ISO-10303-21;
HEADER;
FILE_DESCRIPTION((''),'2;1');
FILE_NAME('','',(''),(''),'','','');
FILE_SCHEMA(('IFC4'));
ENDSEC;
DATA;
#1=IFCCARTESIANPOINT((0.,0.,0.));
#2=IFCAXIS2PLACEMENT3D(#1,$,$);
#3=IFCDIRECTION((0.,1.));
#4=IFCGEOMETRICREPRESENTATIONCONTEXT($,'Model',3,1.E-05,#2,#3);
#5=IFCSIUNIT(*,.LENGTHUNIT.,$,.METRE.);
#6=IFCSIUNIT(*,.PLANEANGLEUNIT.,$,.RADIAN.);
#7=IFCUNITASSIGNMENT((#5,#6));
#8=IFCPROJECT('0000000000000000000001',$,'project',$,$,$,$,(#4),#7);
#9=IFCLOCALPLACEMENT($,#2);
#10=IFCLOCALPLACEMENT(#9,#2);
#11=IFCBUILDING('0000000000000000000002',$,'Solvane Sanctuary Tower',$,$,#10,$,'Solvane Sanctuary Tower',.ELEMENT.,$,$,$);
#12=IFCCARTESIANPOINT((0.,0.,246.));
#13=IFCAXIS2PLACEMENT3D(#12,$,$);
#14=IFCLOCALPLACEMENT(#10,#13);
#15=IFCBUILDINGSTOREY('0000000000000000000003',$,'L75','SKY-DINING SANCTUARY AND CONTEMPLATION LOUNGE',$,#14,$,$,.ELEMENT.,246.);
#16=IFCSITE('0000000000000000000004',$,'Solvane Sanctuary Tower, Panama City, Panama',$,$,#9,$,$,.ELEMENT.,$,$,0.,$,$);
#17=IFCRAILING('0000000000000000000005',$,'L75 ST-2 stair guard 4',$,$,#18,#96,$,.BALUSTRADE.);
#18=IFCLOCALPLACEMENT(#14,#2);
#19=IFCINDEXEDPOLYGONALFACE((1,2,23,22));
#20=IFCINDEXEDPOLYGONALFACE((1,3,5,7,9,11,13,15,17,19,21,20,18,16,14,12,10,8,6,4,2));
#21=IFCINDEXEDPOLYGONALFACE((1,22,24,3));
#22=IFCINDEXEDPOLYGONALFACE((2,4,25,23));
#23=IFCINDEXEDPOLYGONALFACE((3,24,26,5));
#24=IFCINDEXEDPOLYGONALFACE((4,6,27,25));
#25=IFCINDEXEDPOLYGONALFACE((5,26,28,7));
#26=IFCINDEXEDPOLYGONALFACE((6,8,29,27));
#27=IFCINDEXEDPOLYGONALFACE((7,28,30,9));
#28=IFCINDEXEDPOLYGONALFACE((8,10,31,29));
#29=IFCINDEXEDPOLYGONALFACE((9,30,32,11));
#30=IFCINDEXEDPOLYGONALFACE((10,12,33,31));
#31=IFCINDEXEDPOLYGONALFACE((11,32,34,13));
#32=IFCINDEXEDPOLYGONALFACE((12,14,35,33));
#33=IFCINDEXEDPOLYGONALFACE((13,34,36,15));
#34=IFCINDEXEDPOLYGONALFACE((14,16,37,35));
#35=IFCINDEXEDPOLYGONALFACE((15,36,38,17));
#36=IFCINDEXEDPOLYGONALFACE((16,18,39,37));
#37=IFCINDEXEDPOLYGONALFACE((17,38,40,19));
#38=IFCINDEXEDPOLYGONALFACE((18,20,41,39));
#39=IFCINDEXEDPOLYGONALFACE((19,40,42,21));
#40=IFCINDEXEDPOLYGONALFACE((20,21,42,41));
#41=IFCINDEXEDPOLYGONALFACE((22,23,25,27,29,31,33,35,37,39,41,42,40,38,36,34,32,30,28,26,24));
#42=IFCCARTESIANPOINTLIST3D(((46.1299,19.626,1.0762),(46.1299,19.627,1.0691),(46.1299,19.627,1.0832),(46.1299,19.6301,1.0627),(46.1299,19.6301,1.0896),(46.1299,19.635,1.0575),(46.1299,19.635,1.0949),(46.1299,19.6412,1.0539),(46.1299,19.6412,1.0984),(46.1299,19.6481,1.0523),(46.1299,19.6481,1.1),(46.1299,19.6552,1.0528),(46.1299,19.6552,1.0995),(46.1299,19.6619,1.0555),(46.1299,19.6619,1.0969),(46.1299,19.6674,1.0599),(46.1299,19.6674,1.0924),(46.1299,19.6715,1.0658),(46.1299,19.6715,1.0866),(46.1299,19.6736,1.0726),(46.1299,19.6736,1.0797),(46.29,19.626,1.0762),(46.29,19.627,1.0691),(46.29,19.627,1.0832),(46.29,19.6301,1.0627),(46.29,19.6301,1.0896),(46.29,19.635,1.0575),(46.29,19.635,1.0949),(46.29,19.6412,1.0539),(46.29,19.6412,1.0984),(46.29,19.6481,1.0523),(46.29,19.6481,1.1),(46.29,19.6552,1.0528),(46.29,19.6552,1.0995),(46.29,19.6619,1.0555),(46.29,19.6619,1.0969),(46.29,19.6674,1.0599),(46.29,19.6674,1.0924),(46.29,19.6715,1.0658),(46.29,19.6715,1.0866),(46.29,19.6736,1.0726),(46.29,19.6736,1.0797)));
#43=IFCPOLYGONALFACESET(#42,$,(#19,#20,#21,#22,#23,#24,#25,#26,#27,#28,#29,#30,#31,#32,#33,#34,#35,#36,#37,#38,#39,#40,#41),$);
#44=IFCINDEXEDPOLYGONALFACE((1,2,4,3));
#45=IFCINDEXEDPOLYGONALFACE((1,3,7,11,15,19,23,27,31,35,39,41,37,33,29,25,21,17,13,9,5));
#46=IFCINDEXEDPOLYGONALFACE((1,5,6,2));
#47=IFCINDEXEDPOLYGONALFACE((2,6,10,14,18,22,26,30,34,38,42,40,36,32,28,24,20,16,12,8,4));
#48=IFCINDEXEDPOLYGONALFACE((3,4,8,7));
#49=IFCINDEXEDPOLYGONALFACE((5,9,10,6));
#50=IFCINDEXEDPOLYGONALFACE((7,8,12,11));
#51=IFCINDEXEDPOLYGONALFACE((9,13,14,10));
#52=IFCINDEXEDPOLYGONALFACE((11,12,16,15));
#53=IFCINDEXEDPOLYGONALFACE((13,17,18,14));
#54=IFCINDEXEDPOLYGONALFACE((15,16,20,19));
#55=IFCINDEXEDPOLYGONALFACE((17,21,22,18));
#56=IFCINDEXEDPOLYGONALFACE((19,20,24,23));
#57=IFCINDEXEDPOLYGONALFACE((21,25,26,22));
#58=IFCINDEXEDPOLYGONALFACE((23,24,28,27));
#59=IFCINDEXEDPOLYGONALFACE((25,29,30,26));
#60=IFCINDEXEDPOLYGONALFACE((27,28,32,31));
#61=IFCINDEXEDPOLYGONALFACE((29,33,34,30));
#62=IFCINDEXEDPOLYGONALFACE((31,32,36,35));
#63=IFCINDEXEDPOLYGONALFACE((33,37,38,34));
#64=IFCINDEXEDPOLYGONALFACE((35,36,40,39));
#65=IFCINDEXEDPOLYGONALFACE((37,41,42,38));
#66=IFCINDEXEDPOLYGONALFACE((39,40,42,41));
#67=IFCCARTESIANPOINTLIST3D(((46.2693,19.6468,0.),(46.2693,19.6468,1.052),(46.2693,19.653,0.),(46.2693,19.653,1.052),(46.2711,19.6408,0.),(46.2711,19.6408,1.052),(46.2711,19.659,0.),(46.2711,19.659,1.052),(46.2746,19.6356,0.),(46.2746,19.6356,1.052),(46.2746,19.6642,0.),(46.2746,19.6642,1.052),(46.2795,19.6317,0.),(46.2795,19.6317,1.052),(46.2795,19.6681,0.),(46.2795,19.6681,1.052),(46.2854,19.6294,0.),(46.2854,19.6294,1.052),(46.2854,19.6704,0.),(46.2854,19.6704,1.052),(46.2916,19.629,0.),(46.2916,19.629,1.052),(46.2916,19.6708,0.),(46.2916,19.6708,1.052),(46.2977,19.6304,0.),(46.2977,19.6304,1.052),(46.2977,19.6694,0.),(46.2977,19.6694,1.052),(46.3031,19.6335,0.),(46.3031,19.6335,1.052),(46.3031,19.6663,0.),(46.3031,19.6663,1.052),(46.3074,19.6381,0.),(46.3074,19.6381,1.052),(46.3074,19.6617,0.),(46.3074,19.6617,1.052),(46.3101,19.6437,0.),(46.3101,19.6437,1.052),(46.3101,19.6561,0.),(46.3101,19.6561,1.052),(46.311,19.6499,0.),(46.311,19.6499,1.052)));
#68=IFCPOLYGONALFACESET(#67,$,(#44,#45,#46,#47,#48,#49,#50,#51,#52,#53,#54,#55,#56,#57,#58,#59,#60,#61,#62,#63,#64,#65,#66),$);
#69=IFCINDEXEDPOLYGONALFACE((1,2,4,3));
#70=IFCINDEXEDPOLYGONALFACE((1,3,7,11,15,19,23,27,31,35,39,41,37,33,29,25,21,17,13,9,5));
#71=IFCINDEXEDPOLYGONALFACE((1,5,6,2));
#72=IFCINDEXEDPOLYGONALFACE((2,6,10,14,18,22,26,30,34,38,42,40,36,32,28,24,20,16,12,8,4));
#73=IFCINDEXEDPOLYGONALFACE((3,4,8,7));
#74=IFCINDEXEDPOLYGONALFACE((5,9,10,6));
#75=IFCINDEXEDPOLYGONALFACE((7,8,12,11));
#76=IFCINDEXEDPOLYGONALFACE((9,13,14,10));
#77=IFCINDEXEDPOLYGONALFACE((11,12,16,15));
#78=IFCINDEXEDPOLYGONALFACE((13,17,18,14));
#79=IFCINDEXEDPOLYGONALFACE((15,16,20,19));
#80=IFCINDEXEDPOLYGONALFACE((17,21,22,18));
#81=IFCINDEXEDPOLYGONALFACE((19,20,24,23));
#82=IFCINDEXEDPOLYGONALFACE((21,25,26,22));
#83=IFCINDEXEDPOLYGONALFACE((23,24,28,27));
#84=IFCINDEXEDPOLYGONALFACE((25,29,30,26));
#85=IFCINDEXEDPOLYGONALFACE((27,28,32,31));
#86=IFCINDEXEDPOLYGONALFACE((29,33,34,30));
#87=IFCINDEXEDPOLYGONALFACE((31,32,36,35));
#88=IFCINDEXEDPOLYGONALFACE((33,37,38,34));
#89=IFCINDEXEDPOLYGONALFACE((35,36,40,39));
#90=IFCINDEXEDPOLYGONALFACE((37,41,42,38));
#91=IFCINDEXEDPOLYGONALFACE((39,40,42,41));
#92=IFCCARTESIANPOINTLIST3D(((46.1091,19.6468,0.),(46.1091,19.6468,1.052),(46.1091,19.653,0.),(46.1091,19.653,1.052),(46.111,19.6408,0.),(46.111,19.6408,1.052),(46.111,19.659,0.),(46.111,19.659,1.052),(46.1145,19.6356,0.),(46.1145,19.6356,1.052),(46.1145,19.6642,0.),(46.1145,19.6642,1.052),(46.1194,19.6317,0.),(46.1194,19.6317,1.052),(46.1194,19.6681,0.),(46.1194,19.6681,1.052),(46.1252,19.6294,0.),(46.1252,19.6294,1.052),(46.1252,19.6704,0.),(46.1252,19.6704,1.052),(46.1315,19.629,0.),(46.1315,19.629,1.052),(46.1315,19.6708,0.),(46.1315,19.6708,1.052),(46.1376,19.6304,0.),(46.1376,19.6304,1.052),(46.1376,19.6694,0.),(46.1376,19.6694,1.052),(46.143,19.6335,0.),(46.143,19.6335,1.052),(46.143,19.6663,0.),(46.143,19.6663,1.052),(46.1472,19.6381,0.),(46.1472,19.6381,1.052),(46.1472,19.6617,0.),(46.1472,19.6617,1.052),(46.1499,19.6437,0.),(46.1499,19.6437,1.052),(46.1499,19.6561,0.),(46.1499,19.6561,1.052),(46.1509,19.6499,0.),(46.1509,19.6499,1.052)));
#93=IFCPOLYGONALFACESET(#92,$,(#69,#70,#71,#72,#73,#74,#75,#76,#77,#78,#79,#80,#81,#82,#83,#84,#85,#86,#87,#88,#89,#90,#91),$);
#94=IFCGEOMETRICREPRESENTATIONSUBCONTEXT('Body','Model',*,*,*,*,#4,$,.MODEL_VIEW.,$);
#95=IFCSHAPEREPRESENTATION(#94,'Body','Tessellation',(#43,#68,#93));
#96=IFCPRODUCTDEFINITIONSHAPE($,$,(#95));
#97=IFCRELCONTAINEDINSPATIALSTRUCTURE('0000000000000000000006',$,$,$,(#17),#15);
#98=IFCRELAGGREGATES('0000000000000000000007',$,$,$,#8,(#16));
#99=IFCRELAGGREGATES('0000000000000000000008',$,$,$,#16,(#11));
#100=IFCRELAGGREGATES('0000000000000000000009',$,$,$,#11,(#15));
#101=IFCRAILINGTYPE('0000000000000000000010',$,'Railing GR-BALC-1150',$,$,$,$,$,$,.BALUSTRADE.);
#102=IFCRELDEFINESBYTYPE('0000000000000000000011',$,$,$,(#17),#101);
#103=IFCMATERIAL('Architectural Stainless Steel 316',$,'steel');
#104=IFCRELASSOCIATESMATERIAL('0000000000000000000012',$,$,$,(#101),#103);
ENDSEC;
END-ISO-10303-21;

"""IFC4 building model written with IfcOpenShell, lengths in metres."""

from ifc_helpers import new_model, si_unit, direction, frame, origin, origin_2d, place, context, subcontext, project, spatial, circle, extrude, material, type_object, element, save


model = new_model("IFC4")

# Units and contexts
model_context = context("Model", 3, precision=1e-05, world=origin(), true_north=direction((0.0, 1.0)))
body_context = subcontext(model_context, "Body", "Model", "MODEL_VIEW")
ifc_project = project(units=[si_unit("LENGTHUNIT", "METRE"), si_unit("PLANEANGLEUNIT", "RADIAN")], contexts=[model_context])

# Site, building, storey
site_placement = place(None, origin())
site = spatial("IfcSite", under=ifc_project, at=site_placement, Name="Solvane Sanctuary Tower, Panama City, Panama", CompositionType="ELEMENT", RefElevation=0.0)
building_placement = place(site_placement, origin())
building = spatial("IfcBuilding", under=site, at=building_placement, Name="Solvane Sanctuary Tower", LongName="Solvane Sanctuary Tower", CompositionType="ELEMENT")
storey_placement = place(building_placement, frame((0.0, 0.0, 246.0)))
storey = spatial("IfcBuildingStorey", under=building, at=storey_placement, Name="L75", Description="SKY-DINING SANCTUARY AND CONTEMPLATION LOUNGE", CompositionType="ELEMENT", Elevation=246.0)

# Railing
ifc_material_1 = material(Name="Architectural Stainless Steel 316", Category="steel")
railing_type_1 = type_object("IfcRailingType", Name="Railing GR-BALC-1150", PredefinedType="BALUSTRADE", material=ifc_material_1)
railing_1_placement = place(storey_placement, frame((46.29, 19.6499, 0.0)))
element("IfcRailing", 1, at=railing_1_placement, inside=storey, type_object=railing_type_1, Name="L75 ST-2 stair guard 4", PredefinedType="BALUSTRADE", context=body_context, shape_type="SweptSolid", body=[
    extrude(circle(Radius=0.0239, at=origin_2d()), frame((0.0, 0.0, 1.0762), z_axis=(-1.0, 0.0, 0.0), x_axis=(0.0, -1.0, 0.0)), (0.0, 0.0, 1.0), 0.1602),
    extrude(circle(Radius=0.021, at=origin_2d()), origin(), (0.0, 0.0, 1.0), 1.052),
    extrude(circle(Radius=0.021, at=origin_2d()), frame((-0.1602, 0.0, 0.0)), (0.0, 0.0, 1.0), 1.052),
])

save(model, "model.ifc")
